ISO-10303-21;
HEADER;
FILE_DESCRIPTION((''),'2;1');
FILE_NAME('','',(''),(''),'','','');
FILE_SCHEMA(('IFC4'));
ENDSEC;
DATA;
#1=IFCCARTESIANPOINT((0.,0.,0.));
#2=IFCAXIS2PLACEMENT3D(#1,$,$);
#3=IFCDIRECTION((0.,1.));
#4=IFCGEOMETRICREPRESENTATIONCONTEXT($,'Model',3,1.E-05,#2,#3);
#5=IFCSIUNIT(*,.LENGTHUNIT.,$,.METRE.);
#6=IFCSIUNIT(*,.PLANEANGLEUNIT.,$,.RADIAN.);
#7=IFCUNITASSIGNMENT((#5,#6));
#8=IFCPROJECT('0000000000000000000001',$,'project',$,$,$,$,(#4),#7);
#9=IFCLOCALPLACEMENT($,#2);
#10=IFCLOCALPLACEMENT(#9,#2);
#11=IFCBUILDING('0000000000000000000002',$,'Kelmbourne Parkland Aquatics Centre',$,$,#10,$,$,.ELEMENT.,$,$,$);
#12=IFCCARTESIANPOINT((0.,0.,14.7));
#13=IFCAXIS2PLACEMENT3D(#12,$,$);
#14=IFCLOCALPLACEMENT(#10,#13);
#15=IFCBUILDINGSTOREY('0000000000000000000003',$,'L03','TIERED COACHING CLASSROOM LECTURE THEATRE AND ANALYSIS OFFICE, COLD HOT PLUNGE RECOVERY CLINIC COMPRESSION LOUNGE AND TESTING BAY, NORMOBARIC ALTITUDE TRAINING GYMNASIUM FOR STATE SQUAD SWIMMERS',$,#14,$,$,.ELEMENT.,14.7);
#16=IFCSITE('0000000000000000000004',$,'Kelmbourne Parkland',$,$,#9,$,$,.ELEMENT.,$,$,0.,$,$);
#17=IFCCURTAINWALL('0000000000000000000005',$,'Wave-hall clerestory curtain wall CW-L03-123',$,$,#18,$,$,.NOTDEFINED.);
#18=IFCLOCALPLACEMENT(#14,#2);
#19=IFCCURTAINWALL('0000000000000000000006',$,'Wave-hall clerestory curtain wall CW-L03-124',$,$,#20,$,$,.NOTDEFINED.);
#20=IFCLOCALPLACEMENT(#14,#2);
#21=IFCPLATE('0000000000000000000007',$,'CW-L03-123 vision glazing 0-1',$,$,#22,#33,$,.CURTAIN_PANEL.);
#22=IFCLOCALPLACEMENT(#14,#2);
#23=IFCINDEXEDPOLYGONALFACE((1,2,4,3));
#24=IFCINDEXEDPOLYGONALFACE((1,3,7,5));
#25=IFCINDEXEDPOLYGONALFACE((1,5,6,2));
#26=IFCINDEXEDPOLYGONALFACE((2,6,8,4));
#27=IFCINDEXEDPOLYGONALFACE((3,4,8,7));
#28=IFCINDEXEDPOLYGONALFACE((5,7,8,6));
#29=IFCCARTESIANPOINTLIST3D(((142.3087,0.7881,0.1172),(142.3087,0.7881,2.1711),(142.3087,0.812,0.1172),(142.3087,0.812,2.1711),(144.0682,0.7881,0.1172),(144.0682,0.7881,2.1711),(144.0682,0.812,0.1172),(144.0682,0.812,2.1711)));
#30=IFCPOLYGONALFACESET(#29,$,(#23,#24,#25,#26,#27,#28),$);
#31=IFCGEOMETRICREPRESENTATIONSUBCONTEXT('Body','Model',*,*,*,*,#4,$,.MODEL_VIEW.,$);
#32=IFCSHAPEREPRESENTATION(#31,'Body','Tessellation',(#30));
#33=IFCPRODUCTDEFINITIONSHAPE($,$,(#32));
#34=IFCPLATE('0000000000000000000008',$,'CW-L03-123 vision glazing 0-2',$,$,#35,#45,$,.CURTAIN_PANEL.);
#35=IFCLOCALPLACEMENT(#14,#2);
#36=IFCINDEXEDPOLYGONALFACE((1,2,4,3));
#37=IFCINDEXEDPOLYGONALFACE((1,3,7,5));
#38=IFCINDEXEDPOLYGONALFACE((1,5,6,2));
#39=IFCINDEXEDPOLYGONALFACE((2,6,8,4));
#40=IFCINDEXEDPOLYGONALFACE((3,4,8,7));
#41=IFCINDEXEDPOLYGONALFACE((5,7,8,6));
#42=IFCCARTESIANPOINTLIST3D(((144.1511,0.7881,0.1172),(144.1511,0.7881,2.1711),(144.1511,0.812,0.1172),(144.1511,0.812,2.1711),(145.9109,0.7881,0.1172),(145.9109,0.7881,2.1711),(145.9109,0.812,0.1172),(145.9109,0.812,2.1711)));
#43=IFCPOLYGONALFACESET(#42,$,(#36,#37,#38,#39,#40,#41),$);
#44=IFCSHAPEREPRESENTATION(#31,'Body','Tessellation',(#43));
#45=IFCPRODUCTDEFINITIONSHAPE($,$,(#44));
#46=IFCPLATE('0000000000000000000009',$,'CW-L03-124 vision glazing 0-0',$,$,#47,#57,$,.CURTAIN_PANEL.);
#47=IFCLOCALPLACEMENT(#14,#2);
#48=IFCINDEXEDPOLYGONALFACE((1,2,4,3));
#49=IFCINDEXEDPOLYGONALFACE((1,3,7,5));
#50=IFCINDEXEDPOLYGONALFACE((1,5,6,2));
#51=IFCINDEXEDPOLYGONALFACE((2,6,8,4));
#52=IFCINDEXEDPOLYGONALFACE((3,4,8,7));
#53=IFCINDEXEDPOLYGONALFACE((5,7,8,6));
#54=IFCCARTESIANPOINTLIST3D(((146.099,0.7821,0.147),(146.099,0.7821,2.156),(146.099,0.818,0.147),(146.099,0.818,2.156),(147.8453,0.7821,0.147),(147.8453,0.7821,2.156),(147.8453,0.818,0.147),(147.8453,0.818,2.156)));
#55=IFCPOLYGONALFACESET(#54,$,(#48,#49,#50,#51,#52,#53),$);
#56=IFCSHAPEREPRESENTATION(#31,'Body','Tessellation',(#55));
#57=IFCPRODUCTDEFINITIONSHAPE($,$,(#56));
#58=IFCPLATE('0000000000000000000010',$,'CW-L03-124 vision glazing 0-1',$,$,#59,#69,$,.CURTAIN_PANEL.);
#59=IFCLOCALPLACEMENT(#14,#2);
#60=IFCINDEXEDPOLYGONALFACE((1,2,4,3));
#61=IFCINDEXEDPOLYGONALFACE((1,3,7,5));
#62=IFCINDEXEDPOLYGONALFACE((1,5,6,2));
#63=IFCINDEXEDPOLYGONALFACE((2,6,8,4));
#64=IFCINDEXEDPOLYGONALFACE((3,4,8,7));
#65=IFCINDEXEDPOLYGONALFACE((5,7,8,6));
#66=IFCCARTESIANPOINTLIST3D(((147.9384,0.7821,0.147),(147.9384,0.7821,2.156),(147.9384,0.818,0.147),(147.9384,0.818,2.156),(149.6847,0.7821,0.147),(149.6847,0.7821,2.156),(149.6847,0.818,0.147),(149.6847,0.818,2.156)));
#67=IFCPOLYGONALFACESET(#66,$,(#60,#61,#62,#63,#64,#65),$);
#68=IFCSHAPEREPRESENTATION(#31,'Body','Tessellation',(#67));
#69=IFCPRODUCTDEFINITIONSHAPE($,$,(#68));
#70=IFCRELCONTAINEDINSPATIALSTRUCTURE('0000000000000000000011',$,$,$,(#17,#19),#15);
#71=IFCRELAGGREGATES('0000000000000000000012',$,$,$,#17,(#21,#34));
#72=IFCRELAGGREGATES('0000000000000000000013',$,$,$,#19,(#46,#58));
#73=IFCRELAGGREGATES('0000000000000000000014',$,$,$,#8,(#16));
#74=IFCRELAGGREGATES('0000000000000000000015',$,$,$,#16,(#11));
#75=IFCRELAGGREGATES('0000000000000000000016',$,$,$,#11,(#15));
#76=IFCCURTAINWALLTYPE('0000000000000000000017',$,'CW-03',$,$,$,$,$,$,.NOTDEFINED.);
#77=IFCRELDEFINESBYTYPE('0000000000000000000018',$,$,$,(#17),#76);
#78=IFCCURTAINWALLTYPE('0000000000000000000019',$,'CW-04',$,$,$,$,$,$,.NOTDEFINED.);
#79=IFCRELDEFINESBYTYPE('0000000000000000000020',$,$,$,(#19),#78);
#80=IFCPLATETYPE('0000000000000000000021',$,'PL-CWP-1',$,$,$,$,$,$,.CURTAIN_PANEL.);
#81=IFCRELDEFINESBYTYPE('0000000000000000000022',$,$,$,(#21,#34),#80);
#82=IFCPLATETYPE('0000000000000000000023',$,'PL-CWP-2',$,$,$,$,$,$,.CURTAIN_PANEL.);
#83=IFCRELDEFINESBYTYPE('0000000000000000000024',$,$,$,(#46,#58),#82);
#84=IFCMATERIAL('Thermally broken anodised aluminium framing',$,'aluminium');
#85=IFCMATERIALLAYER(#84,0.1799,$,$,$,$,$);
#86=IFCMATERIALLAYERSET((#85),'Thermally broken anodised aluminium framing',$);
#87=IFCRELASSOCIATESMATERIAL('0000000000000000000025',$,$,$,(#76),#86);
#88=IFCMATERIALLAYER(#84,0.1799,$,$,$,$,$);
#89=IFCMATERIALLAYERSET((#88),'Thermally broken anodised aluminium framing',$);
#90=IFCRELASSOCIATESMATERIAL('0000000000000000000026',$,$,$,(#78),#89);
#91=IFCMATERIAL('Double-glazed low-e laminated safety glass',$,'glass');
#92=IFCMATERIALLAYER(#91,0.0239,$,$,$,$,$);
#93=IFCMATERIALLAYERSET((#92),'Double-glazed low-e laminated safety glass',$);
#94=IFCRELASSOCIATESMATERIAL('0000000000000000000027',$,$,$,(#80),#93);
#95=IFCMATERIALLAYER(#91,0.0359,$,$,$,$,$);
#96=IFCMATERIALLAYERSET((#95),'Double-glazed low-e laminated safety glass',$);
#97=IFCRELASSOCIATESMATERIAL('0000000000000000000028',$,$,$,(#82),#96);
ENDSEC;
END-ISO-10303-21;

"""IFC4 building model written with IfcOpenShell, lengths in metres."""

from ifc_helpers import new_model, si_unit, direction, frame, origin, origin_2d, place, context, subcontext, project, spatial, rectangle, extrude, material, layer, layer_set, type_object, element, aggregate, save


model = new_model("IFC4")

# Units and contexts
model_context = context("Model", 3, precision=1e-05, world=origin(), true_north=direction((0.0, 1.0)))
body_context = subcontext(model_context, "Body", "Model", "MODEL_VIEW")
ifc_project = project(units=[si_unit("LENGTHUNIT", "METRE"), si_unit("PLANEANGLEUNIT", "RADIAN")], contexts=[model_context])

# Site, building, storey
site_placement = place(None, origin())
site = spatial("IfcSite", under=ifc_project, at=site_placement, Name="Kelmbourne Parkland", CompositionType="ELEMENT", RefElevation=0.0)
building_placement = place(site_placement, origin())
building = spatial("IfcBuilding", under=site, at=building_placement, Name="Kelmbourne Parkland Aquatics Centre", CompositionType="ELEMENT")
storey_placement = place(building_placement, frame((0.0, 0.0, 14.7)))
storey = spatial("IfcBuildingStorey", under=building, at=storey_placement, Name="L03", Description="TIERED COACHING CLASSROOM LECTURE THEATRE AND ANALYSIS OFFICE, COLD HOT PLUNGE RECOVERY CLINIC COMPRESSION LOUNGE AND TESTING BAY, NORMOBARIC ALTITUDE TRAINING GYMNASIUM FOR STATE SQUAD SWIMMERS", CompositionType="ELEMENT", Elevation=14.7)

# Shared definitions
ifc_material_1 = material(Name="Thermally broken anodised aluminium framing", Category="aluminium")

# Curtain walls
ifc_layer_1 = layer(ifc_material_1, 0.1799)
ifc_layer_set_1 = layer_set([ifc_layer_1], Name="Thermally broken anodised aluminium framing")
curtain_wall_type_1 = type_object("IfcCurtainWallType", Name="CW-03", PredefinedType="NOTDEFINED", material=ifc_layer_set_1)
curtain_wall_1_placement = place(storey_placement, origin())
curtain_wall_1 = element("IfcCurtainWall", 1, at=curtain_wall_1_placement, inside=storey, type_object=curtain_wall_type_1, Name="Wave-hall clerestory curtain wall CW-L03-123", PredefinedType="NOTDEFINED")
ifc_layer_2 = layer(ifc_material_1, 0.1799)
ifc_layer_set_2 = layer_set([ifc_layer_2], Name="Thermally broken anodised aluminium framing")
curtain_wall_type_2 = type_object("IfcCurtainWallType", Name="CW-04", PredefinedType="NOTDEFINED", material=ifc_layer_set_2)
curtain_wall_2_placement = place(storey_placement, origin())
curtain_wall_2 = element("IfcCurtainWall", 2, at=curtain_wall_2_placement, inside=storey, type_object=curtain_wall_type_2, Name="Wave-hall clerestory curtain wall CW-L03-124", PredefinedType="NOTDEFINED")

# Plates
ifc_material_2 = material(Name="Double-glazed low-e laminated safety glass", Category="glass")
ifc_layer_3 = layer(ifc_material_2, 0.0239)
ifc_layer_set_3 = layer_set([ifc_layer_3], Name="Double-glazed low-e laminated safety glass")
plate_type_1 = type_object("IfcPlateType", Name="PL-CWP-1", PredefinedType="CURTAIN_PANEL", material=ifc_layer_set_3)
plate_1_placement = place(storey_placement, frame((143.1885, 0.8, 0.1172), z_axis=(0.0, 0.0, 1.0), x_axis=(1.0, 0.0, 0.0)))
plate_1 = element("IfcPlate", 3, at=plate_1_placement, type_object=plate_type_1, Name="CW-L03-123 vision glazing 0-1", PredefinedType="CURTAIN_PANEL", context=body_context, shape_type="SweptSolid", body=[
    extrude(rectangle(XDim=1.7595, YDim=0.0239, at=origin_2d()), origin(), (0.0, 0.0, 1.0), 2.054),
])
plate_2_placement = place(storey_placement, frame((145.031, 0.8, 0.1172), z_axis=(0.0, 0.0, 1.0), x_axis=(1.0, 0.0, 0.0)))
plate_2 = element("IfcPlate", 4, at=plate_2_placement, type_object=plate_type_1, Name="CW-L03-123 vision glazing 0-2", PredefinedType="CURTAIN_PANEL", context=body_context, shape_type="SweptSolid", body=[
    extrude(rectangle(XDim=1.7598, YDim=0.0239, at=origin_2d()), origin(), (0.0, 0.0, 1.0), 2.054),
])
aggregate(curtain_wall_1, [plate_1, plate_2])
ifc_layer_4 = layer(ifc_material_2, 0.0359)
ifc_layer_set_4 = layer_set([ifc_layer_4], Name="Double-glazed low-e laminated safety glass")
plate_type_2 = type_object("IfcPlateType", Name="PL-CWP-2", PredefinedType="CURTAIN_PANEL", material=ifc_layer_set_4)
plate_3_placement = place(storey_placement, frame((146.9722, 0.8, 0.147), z_axis=(0.0, 0.0, 1.0), x_axis=(1.0, 0.0, 0.0)))
plate_3 = element("IfcPlate", 5, at=plate_3_placement, type_object=plate_type_2, Name="CW-L03-124 vision glazing 0-0", PredefinedType="CURTAIN_PANEL", context=body_context, shape_type="SweptSolid", body=[
    extrude(rectangle(XDim=1.7463, YDim=0.0359, at=origin_2d()), origin(), (0.0, 0.0, 1.0), 2.009),
])
plate_4_placement = place(storey_placement, frame((148.8115, 0.8, 0.147), z_axis=(0.0, 0.0, 1.0), x_axis=(1.0, 0.0, 0.0)))
plate_4 = element("IfcPlate", 6, at=plate_4_placement, type_object=plate_type_2, Name="CW-L03-124 vision glazing 0-1", PredefinedType="CURTAIN_PANEL", context=body_context, shape_type="SweptSolid", body=[
    extrude(rectangle(XDim=1.7463, YDim=0.0359, at=origin_2d()), origin(), (0.0, 0.0, 1.0), 2.009),
])
aggregate(curtain_wall_2, [plate_3, plate_4])

save(model, "model.ifc")
